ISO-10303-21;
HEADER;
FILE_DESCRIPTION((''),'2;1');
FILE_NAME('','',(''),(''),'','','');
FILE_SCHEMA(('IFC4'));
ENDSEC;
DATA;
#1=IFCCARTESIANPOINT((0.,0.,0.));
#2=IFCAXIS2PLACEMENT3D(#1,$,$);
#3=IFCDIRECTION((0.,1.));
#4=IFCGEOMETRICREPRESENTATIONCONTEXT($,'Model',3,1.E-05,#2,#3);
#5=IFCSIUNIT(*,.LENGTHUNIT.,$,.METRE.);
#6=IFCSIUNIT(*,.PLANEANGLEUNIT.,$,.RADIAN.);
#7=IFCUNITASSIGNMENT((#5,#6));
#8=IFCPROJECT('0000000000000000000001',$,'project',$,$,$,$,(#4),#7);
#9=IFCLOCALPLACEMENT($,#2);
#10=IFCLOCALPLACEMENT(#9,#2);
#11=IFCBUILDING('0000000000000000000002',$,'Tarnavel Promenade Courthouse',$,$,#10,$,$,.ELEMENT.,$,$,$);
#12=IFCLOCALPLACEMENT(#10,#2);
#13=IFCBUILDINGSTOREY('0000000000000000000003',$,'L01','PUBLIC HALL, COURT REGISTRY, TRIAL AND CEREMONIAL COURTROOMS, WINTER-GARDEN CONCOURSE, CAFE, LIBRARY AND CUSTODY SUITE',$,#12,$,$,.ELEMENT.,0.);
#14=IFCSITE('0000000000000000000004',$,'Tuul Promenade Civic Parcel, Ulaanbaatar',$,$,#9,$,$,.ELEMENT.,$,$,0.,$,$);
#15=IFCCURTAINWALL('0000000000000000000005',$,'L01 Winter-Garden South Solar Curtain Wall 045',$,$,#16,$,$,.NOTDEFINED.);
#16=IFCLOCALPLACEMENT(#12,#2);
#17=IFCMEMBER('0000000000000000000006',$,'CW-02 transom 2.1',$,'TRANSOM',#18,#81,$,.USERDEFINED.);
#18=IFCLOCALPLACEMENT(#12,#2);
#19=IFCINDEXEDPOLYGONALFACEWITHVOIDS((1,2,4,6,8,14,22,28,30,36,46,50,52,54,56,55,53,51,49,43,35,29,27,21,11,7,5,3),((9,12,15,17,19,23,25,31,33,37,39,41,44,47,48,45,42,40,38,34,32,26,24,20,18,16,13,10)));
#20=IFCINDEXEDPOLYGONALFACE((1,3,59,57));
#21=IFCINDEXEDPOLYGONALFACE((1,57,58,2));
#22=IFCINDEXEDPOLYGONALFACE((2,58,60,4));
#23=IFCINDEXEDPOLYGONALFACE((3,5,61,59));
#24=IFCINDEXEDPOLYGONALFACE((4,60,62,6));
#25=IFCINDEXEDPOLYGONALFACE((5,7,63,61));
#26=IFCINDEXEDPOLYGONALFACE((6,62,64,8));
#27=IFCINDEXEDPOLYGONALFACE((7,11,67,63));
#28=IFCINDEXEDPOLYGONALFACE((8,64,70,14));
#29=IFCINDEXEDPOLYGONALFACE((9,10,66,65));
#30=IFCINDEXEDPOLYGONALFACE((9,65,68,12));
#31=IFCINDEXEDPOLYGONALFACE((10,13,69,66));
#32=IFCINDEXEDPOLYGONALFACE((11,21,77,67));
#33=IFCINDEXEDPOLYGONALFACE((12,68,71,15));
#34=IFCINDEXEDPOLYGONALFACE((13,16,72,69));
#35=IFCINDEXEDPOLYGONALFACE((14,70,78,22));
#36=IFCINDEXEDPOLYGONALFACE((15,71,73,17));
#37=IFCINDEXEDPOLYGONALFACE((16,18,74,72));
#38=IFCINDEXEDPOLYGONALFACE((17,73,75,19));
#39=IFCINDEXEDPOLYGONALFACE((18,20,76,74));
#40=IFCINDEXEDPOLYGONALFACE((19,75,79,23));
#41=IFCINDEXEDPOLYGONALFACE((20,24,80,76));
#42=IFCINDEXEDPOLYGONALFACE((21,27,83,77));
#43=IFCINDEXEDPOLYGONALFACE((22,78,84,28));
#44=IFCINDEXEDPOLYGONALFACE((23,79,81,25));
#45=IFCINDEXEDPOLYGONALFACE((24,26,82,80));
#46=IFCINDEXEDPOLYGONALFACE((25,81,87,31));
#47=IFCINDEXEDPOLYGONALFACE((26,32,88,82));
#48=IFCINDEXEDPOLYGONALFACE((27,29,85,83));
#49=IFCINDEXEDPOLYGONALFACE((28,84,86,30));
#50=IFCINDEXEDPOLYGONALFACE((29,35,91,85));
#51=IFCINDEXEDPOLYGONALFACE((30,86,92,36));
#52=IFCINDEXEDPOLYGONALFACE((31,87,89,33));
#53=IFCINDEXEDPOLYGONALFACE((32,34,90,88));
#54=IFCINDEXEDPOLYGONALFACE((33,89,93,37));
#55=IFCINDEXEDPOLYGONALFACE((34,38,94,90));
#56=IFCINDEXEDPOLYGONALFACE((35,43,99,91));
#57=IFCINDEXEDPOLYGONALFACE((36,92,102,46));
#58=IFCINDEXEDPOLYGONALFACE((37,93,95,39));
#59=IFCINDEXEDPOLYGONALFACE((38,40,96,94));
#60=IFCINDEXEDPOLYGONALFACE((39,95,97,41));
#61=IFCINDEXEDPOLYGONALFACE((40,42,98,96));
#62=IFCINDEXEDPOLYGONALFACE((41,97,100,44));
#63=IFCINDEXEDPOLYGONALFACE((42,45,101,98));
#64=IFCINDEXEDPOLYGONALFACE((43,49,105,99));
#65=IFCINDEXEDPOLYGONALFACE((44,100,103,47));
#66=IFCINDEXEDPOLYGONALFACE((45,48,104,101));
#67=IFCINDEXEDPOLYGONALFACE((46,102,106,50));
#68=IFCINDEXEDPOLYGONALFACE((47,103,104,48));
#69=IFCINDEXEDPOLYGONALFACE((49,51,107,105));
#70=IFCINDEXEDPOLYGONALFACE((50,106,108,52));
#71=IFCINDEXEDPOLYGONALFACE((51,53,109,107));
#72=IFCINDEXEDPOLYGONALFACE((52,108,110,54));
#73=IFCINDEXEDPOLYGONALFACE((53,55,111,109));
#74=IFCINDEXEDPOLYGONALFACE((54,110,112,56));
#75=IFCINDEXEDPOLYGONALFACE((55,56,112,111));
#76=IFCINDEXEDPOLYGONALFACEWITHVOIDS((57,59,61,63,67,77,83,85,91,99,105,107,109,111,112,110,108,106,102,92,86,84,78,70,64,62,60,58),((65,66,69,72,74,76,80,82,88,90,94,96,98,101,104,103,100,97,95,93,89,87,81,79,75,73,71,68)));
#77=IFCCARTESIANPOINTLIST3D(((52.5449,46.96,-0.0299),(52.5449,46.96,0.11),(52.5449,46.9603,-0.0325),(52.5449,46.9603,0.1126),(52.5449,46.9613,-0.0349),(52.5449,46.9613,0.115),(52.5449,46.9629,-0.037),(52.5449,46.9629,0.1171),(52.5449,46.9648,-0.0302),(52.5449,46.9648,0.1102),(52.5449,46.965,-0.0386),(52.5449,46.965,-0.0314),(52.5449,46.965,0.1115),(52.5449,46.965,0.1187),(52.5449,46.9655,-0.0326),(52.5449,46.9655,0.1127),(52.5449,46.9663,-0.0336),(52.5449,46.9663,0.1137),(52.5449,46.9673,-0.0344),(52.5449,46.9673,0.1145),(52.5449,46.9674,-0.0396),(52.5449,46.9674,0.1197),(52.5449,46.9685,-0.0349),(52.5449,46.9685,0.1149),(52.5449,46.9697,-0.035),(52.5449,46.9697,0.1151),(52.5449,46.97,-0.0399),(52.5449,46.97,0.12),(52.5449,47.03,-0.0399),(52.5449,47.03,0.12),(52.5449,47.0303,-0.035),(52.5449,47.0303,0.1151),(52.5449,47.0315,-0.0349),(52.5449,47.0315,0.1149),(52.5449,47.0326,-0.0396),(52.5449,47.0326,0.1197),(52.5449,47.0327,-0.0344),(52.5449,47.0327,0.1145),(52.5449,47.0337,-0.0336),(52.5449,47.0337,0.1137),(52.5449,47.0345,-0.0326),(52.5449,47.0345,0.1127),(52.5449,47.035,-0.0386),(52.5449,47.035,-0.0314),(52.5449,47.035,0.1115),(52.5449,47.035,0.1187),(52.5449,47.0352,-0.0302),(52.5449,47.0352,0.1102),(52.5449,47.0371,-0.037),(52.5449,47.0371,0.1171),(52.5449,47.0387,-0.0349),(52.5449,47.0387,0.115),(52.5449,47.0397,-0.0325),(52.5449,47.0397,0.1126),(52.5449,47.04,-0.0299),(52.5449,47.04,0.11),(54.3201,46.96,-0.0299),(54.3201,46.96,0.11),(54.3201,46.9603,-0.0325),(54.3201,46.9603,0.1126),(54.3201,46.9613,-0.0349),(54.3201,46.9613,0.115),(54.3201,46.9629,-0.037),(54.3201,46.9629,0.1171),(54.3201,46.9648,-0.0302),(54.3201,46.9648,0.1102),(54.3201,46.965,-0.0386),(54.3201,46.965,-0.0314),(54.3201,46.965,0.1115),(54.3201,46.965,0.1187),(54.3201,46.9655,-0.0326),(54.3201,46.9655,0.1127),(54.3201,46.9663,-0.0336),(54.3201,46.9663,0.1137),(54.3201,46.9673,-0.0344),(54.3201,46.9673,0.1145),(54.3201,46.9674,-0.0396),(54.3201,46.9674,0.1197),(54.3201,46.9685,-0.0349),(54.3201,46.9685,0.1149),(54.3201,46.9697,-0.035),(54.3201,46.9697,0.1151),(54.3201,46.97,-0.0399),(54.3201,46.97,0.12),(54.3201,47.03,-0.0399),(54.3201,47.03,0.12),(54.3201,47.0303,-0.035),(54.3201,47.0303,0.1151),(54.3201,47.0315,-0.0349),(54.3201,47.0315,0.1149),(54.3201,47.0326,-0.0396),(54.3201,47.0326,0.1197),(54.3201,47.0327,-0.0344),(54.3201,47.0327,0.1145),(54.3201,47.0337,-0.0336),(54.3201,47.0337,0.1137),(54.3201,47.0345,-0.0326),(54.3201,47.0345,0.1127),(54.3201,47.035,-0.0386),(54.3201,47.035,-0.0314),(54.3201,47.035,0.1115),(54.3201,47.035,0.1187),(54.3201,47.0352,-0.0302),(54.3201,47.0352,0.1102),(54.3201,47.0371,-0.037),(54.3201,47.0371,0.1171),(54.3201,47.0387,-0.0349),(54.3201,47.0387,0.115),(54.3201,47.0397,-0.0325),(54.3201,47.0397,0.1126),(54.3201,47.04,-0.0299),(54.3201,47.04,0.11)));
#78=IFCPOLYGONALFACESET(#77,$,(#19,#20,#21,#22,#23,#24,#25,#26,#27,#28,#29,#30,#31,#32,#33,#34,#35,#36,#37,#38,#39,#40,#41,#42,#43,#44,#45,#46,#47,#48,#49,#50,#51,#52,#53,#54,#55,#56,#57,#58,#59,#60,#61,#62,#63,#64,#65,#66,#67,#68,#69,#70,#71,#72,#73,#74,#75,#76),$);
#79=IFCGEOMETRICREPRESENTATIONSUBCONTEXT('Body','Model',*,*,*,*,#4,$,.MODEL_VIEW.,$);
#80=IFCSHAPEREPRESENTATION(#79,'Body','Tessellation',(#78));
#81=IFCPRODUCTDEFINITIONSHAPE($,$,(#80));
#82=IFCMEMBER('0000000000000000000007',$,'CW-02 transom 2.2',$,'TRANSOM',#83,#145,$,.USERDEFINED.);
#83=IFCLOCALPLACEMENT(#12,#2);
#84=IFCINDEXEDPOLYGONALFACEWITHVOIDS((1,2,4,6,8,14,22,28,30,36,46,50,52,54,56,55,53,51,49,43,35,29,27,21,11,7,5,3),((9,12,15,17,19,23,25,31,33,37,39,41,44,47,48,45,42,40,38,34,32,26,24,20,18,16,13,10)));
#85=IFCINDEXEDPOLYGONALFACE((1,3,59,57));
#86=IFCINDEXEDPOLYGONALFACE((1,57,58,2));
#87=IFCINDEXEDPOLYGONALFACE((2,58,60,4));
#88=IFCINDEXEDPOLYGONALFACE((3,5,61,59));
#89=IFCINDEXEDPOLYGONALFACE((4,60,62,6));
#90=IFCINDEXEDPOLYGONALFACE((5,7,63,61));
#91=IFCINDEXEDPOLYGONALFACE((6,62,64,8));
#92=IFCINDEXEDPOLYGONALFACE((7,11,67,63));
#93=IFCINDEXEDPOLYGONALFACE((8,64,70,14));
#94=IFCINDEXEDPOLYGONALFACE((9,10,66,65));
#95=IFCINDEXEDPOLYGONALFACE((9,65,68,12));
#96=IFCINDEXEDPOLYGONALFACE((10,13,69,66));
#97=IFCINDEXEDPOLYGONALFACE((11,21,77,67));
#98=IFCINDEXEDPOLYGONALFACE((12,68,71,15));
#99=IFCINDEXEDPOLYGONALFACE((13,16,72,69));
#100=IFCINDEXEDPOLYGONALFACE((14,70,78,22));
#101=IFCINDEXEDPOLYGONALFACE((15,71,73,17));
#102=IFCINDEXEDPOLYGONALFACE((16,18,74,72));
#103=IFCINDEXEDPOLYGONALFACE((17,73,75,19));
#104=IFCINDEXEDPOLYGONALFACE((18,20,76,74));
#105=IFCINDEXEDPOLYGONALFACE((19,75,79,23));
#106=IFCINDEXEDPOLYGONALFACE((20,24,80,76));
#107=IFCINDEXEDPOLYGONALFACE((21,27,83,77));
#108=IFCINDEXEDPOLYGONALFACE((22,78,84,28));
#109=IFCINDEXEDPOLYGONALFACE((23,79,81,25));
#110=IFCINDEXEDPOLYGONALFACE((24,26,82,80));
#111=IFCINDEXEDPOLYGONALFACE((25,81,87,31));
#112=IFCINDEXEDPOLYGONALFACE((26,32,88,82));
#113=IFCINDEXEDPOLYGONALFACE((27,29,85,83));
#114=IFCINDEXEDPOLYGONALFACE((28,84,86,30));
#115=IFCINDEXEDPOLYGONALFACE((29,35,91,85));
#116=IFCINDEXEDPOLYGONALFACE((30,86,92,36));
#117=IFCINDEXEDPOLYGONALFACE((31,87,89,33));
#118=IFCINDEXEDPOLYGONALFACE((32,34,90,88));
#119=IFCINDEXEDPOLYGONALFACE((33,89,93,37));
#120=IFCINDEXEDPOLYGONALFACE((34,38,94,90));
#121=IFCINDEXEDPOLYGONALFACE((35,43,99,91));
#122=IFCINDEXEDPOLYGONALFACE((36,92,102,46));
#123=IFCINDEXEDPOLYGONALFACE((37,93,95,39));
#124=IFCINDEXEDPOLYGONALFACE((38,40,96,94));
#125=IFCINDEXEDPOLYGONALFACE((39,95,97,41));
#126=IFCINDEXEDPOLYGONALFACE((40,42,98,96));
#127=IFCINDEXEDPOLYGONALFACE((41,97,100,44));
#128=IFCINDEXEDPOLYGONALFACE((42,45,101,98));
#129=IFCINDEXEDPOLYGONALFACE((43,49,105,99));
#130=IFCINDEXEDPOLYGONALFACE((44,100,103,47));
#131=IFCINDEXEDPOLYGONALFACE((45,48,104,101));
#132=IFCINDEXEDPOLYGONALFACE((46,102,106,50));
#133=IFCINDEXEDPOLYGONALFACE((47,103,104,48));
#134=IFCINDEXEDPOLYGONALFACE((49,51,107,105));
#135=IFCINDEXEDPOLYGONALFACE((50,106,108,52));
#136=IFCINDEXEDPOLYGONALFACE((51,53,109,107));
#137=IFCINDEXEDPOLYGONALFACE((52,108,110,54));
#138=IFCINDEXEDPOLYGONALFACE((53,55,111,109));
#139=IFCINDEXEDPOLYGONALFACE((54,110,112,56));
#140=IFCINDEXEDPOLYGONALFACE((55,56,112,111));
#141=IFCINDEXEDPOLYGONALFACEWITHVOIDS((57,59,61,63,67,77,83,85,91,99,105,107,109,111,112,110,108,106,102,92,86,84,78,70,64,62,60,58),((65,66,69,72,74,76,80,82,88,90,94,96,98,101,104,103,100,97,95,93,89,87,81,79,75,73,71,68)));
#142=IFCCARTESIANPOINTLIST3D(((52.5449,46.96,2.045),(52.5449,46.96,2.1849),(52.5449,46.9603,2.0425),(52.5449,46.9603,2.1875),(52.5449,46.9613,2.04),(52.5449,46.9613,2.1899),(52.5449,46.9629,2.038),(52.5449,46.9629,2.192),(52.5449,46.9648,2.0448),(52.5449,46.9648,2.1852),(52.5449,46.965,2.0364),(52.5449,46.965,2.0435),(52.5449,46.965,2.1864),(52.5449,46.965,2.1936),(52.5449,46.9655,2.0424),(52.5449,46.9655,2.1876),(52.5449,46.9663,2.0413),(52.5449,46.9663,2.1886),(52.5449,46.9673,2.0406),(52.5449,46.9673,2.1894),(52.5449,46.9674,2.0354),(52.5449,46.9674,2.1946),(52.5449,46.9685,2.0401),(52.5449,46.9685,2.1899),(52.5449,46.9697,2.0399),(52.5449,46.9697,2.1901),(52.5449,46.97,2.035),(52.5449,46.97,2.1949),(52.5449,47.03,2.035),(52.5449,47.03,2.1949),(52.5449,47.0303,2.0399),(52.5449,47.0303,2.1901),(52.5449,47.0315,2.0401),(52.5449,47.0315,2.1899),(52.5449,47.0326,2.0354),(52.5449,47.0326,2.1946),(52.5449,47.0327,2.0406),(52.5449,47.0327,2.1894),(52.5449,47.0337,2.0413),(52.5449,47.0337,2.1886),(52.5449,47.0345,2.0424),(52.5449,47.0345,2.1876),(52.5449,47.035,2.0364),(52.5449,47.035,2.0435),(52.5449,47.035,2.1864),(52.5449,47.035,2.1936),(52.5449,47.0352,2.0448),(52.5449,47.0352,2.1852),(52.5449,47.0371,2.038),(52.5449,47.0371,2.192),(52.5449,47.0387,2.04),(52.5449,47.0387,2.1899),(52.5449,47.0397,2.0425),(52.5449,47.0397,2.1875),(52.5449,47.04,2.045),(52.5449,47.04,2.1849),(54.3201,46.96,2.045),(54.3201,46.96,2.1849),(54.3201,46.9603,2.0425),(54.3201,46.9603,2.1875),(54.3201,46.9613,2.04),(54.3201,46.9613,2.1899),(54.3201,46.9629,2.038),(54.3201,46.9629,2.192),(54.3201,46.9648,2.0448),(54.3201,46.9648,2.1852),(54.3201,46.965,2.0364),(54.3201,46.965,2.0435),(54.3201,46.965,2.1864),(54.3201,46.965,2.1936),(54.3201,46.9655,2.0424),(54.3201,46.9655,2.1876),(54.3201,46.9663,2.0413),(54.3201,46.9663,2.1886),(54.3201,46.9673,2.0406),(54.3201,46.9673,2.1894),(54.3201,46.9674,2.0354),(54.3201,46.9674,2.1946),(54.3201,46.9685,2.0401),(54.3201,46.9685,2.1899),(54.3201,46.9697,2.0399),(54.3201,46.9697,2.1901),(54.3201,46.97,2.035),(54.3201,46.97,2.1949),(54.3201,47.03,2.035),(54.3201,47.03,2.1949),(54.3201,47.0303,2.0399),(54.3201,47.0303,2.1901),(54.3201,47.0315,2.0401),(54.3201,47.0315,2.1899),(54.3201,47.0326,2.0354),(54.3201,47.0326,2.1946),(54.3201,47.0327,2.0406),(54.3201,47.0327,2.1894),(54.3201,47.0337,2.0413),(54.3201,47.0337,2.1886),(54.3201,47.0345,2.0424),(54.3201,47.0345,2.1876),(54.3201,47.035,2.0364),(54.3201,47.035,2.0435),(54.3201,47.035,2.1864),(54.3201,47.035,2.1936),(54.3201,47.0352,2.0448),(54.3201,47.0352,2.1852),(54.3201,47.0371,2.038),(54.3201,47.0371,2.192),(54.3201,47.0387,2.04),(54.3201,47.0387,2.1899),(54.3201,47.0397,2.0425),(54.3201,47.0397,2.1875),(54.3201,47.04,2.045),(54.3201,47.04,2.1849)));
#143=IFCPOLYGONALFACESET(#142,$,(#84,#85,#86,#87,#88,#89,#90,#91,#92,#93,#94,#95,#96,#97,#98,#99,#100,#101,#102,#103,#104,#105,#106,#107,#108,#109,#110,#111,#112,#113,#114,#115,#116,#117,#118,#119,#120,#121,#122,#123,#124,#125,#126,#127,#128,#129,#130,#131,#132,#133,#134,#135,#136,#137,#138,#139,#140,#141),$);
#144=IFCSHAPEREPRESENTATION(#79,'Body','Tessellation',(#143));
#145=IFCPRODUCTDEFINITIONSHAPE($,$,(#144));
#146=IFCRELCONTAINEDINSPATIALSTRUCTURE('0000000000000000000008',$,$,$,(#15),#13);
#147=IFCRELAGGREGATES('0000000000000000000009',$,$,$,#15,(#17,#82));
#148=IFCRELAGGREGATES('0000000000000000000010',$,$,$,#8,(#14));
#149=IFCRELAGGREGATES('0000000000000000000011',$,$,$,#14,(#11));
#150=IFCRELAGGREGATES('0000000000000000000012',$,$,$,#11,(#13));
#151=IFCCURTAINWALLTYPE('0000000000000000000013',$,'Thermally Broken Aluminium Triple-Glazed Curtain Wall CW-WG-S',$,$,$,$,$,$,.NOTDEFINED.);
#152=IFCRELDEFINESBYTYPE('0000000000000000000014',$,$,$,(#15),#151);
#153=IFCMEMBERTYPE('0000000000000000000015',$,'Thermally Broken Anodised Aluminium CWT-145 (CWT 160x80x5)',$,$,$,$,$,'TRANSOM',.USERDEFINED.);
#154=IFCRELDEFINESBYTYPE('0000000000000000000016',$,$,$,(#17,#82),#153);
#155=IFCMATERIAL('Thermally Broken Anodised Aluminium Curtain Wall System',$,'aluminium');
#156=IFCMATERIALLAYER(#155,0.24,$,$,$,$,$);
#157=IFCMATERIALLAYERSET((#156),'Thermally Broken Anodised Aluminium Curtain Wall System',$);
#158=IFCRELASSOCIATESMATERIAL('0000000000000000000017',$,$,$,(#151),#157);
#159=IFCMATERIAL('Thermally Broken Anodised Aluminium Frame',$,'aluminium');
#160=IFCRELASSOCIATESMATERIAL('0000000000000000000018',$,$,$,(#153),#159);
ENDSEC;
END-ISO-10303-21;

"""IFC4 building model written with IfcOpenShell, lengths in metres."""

from ifc_helpers import new_model, si_unit, direction, frame, origin, origin_2d, place, context, subcontext, project, spatial, hollow_rectangle, extrude, material, layer, layer_set, material_profile, profile_set, type_object, element, aggregate, save


model = new_model("IFC4")

# Units and contexts
model_context = context("Model", 3, precision=1e-05, world=origin(), true_north=direction((0.0, 1.0)))
body_context = subcontext(model_context, "Body", "Model", "MODEL_VIEW")
ifc_project = project(units=[si_unit("LENGTHUNIT", "METRE"), si_unit("PLANEANGLEUNIT", "RADIAN")], contexts=[model_context])

# Site, building, storey
site_placement = place(None, origin())
site = spatial("IfcSite", under=ifc_project, at=site_placement, Name="Tuul Promenade Civic Parcel, Ulaanbaatar", CompositionType="ELEMENT", RefElevation=0.0)
building_placement = place(site_placement, origin())
building = spatial("IfcBuilding", under=site, at=building_placement, Name="Tarnavel Promenade Courthouse", CompositionType="ELEMENT")
storey_placement = place(building_placement, origin())
storey = spatial("IfcBuildingStorey", under=building, at=storey_placement, Name="L01", Description="PUBLIC HALL, COURT REGISTRY, TRIAL AND CEREMONIAL COURTROOMS, WINTER-GARDEN CONCOURSE, CAFE, LIBRARY AND CUSTODY SUITE", CompositionType="ELEMENT", Elevation=0.0)

# Curtain wall
ifc_material_1 = material(Name="Thermally Broken Anodised Aluminium Curtain Wall System", Category="aluminium")
ifc_layer_1 = layer(ifc_material_1, 0.24)
ifc_layer_set_1 = layer_set([ifc_layer_1], Name="Thermally Broken Anodised Aluminium Curtain Wall System")
curtain_wall_type = type_object("IfcCurtainWallType", Name="Thermally Broken Aluminium Triple-Glazed Curtain Wall CW-WG-S", PredefinedType="NOTDEFINED", material=ifc_layer_set_1)
ifc_material_2 = material(Name="Thermally Broken Anodised Aluminium Frame", Category="aluminium")
curtain_wall_1_placement = place(storey_placement, origin())
curtain_wall_1 = element("IfcCurtainWall", 1, at=curtain_wall_1_placement, inside=storey, type_object=curtain_wall_type, Name="L01 Winter-Garden South Solar Curtain Wall 045", PredefinedType="NOTDEFINED")

# Members
ifc_material_profile_1 = material_profile(ifc_material_2, hollow_rectangle(XDim=0.0801, YDim=0.1599, WallThickness=0.0049, InnerFilletRadius=0.0049, OuterFilletRadius=0.01, at=origin_2d()), Name="CWT 160x80x5")
ifc_profile_set_1 = profile_set([ifc_material_profile_1], Name="Thermally Broken Anodised Aluminium Frame")
member_type_1 = type_object("IfcMemberType", Name="Thermally Broken Anodised Aluminium CWT-145 (CWT 160x80x5)", ElementType="TRANSOM", PredefinedType="USERDEFINED", material=ifc_profile_set_1)
member_1_placement = place(storey_placement, frame((52.5449, 47.0, 0.04), z_axis=(1.0, 0.0, 0.0), x_axis=(0.0, 1.0, 0.0)))
member_1 = element("IfcMember", 2, at=member_1_placement, type_object=member_type_1, Name="CW-02 transom 2.1", ObjectType="TRANSOM", PredefinedType="USERDEFINED", context=body_context, shape_type="SweptSolid", body=[
    extrude(hollow_rectangle(XDim=0.0801, YDim=0.1599, WallThickness=0.0049, InnerFilletRadius=0.0049, OuterFilletRadius=0.01, at=origin_2d()), origin(), (0.0, 0.0, 1.0), 1.7751),
])
member_2_placement = place(storey_placement, frame((52.5449, 47.0, 2.115), z_axis=(1.0, 0.0, 0.0), x_axis=(0.0, 1.0, 0.0)))
member_2 = element("IfcMember", 3, at=member_2_placement, type_object=member_type_1, Name="CW-02 transom 2.2", ObjectType="TRANSOM", PredefinedType="USERDEFINED", context=body_context, shape_type="SweptSolid", body=[
    extrude(hollow_rectangle(XDim=0.0801, YDim=0.1599, WallThickness=0.0049, InnerFilletRadius=0.0049, OuterFilletRadius=0.01, at=origin_2d()), origin(), (0.0, 0.0, 1.0), 1.7751),
])

aggregate(curtain_wall_1, [member_1, member_2])

save(model, "model.ifc")
